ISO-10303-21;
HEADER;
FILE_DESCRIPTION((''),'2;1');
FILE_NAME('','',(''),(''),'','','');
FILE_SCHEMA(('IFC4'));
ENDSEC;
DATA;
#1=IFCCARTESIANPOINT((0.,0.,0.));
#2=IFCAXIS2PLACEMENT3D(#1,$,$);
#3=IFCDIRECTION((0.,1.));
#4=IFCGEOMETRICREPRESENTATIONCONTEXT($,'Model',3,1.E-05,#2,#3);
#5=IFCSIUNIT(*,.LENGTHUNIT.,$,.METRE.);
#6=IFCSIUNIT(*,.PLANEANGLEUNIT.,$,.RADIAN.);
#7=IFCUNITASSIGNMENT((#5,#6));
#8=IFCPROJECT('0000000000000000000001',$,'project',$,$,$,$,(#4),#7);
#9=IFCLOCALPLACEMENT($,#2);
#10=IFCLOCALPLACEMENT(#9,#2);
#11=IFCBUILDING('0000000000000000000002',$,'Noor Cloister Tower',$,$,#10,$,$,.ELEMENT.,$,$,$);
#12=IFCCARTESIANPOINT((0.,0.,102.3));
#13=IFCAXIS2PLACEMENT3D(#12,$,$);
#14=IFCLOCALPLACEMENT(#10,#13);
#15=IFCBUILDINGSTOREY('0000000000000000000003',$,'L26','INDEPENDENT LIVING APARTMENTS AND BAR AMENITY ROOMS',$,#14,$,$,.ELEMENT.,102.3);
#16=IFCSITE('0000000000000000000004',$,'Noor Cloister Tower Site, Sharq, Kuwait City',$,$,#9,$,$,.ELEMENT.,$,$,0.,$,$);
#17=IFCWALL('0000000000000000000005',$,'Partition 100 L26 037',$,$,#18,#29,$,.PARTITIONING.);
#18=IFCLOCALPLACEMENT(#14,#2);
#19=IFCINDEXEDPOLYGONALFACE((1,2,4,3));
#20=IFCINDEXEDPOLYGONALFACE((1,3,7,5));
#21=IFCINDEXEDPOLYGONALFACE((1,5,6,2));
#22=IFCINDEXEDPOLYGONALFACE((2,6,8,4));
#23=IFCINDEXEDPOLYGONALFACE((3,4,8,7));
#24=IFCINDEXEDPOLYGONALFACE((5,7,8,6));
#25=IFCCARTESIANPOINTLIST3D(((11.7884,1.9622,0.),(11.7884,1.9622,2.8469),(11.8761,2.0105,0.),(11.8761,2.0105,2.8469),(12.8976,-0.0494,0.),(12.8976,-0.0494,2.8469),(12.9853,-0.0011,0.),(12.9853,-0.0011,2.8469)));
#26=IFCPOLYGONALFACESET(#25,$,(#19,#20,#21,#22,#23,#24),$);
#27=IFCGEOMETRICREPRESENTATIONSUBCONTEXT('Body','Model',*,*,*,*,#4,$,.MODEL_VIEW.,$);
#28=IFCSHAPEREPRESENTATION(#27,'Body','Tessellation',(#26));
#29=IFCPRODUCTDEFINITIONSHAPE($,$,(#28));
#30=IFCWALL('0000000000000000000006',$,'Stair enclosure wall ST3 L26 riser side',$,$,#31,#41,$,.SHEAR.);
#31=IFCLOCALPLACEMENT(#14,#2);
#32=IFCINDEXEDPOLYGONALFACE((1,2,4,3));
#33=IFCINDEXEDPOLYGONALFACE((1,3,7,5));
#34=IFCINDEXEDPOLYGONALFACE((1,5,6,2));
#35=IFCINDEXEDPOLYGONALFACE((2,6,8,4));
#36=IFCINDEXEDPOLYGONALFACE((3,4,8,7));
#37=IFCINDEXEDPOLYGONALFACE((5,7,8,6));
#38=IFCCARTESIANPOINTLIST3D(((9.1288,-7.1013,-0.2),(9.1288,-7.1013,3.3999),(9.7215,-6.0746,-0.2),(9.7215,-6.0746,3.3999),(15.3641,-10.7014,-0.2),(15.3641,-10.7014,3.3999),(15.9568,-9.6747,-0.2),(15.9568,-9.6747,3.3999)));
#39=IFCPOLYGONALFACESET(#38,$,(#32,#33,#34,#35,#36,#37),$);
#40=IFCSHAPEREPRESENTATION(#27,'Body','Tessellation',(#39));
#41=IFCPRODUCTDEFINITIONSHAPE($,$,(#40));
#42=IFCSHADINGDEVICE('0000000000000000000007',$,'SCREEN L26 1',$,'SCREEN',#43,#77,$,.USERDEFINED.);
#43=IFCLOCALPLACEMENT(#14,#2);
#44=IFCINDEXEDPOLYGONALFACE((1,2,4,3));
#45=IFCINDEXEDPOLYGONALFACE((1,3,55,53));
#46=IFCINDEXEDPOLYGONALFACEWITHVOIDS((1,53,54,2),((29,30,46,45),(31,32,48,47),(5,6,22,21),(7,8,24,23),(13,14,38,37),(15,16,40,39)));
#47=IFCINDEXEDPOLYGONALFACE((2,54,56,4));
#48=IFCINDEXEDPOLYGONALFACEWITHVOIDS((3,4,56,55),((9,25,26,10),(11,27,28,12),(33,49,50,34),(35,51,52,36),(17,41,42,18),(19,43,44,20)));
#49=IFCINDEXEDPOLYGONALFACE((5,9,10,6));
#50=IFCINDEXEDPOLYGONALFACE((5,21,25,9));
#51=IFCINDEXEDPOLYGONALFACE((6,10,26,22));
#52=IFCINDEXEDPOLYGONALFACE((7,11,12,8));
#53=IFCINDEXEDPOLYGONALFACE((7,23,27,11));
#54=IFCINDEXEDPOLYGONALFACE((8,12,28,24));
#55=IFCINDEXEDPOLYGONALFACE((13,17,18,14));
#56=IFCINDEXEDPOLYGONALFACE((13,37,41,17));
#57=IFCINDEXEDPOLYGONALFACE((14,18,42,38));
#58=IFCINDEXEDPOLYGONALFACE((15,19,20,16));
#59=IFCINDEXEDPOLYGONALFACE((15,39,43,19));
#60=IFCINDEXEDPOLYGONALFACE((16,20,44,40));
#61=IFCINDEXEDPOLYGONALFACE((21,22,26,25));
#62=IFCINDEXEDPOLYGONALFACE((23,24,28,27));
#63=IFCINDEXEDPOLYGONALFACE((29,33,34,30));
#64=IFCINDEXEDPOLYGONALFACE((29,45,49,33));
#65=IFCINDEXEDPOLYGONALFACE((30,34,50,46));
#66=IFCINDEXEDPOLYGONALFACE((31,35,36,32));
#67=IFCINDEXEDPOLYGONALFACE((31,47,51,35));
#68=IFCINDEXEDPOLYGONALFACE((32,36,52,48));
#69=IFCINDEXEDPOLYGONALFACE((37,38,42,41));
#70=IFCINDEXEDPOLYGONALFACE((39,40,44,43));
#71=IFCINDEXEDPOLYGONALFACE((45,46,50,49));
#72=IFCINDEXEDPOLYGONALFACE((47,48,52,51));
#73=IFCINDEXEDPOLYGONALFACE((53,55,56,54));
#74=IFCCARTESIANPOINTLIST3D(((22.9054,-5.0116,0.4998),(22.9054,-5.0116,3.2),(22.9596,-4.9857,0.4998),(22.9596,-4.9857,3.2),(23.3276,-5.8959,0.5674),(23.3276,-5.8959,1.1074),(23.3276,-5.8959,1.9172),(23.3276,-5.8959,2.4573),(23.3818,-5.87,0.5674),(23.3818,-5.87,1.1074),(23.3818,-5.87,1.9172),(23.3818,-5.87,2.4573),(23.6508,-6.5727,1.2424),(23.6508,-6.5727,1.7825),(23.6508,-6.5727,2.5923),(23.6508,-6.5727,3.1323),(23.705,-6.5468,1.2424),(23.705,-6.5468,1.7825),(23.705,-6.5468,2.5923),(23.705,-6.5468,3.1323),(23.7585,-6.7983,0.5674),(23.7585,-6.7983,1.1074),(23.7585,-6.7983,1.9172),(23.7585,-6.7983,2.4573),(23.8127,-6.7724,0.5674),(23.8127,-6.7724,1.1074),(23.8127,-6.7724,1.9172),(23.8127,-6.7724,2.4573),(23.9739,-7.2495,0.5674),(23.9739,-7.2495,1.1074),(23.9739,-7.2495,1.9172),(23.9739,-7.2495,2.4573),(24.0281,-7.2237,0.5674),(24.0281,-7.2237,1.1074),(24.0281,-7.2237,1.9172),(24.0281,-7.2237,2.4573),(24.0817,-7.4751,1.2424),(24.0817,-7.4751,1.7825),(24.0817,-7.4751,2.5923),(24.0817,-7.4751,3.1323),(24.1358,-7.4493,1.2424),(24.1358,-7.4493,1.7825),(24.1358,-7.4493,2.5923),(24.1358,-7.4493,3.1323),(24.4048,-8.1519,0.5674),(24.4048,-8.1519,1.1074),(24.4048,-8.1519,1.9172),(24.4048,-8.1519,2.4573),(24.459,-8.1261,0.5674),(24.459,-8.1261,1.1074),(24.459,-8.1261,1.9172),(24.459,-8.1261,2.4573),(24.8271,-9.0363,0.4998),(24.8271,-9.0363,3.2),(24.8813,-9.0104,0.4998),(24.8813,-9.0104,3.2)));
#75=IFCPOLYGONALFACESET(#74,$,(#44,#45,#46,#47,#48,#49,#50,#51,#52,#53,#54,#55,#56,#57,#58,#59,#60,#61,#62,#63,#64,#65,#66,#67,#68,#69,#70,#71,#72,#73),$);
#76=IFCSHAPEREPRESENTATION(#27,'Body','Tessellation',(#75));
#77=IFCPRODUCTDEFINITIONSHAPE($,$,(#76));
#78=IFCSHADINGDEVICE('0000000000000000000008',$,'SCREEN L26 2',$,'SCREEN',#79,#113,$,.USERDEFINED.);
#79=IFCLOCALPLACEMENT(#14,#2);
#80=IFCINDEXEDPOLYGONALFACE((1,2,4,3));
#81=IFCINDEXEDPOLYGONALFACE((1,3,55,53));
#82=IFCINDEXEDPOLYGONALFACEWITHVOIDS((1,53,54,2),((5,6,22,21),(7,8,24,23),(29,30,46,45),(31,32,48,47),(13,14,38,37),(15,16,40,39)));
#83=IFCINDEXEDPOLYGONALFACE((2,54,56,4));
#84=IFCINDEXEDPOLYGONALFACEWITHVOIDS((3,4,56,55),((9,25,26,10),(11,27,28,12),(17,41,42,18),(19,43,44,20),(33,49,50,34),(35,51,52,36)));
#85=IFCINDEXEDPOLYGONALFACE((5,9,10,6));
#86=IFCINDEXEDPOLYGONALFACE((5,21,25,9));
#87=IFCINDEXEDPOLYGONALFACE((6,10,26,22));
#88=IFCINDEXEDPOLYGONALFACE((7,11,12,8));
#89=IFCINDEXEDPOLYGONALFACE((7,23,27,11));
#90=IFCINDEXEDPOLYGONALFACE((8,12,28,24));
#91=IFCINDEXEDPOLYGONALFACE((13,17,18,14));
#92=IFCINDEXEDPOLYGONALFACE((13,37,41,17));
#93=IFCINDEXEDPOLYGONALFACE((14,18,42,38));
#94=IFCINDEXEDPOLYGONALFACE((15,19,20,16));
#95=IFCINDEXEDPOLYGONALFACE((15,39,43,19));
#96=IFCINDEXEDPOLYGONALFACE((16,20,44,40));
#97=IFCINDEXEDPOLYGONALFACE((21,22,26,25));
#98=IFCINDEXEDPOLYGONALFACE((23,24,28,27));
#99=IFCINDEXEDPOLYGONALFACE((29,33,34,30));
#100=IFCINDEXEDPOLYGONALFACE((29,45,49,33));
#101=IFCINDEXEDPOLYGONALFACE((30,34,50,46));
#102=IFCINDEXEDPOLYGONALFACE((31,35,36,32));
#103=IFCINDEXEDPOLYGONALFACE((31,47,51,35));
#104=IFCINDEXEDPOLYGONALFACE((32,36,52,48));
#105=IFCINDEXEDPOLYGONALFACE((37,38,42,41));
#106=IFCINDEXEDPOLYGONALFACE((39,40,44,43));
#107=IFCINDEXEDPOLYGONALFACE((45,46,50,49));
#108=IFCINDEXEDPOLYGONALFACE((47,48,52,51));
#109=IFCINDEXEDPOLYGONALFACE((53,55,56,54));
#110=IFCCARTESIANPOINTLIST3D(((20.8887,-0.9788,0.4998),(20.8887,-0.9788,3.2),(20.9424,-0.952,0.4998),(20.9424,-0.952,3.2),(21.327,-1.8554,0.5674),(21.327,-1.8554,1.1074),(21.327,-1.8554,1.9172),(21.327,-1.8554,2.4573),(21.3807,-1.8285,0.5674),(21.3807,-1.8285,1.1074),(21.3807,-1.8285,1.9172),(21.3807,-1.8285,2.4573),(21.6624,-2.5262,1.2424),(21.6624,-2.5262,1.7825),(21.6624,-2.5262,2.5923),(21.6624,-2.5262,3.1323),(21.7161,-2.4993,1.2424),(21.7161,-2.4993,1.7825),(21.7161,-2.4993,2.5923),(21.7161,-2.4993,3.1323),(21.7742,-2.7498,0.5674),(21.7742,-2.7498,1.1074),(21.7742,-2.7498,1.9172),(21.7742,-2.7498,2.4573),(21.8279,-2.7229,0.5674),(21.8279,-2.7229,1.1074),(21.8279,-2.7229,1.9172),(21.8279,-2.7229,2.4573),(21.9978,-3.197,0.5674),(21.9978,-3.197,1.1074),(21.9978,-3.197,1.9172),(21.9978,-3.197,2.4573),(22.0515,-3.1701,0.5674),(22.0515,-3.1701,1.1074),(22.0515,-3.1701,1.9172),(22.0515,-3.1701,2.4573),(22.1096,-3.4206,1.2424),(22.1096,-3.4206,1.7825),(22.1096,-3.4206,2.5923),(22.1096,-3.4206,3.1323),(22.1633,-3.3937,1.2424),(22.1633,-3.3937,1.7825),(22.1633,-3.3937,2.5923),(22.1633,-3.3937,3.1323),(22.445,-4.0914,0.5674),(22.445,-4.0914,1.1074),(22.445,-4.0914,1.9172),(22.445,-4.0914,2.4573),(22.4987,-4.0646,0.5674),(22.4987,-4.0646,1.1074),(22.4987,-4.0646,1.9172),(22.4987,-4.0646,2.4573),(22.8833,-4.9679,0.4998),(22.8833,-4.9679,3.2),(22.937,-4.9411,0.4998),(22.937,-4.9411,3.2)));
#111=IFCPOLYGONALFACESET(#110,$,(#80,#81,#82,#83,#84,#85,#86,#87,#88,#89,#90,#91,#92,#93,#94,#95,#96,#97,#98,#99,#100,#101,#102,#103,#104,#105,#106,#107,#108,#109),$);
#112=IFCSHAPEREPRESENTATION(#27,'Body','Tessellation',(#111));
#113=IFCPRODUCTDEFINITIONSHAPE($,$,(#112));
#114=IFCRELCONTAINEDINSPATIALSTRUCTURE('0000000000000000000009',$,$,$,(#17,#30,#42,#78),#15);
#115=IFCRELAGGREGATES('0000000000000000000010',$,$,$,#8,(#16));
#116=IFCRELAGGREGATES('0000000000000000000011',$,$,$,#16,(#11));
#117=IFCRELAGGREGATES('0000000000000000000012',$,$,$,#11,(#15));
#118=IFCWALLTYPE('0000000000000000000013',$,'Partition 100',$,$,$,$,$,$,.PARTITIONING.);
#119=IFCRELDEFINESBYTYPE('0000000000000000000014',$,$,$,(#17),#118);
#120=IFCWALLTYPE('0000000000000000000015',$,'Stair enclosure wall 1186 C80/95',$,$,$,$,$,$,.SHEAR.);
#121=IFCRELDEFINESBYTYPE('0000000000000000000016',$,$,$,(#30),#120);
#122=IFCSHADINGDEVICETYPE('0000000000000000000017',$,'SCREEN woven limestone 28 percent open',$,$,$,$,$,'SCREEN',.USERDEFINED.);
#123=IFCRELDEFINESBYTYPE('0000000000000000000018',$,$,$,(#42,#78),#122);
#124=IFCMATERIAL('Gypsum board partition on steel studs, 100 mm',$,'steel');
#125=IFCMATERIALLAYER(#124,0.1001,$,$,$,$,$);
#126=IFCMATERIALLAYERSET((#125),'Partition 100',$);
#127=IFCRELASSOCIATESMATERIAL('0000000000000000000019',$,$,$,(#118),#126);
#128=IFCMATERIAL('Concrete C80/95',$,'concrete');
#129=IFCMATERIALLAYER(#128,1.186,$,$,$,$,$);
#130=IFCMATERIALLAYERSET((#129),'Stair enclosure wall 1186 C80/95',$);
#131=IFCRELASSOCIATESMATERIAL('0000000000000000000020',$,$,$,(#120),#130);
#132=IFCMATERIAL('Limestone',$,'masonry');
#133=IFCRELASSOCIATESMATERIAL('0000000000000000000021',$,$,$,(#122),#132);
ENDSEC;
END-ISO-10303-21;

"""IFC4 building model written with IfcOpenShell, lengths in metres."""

from ifc_helpers import new_model, si_unit, direction, frame, frame_2d, origin, place, context, subcontext, project, spatial, polyline, rectangle, outline, extrude, material, layer, layer_set, material_profile, profile_set, type_object, element, save


model = new_model("IFC4")

# Units and contexts
model_context = context("Model", 3, precision=1e-05, world=origin(), true_north=direction((0.0, 1.0)))
body_context = subcontext(model_context, "Body", "Model", "MODEL_VIEW")
ifc_project = project(units=[si_unit("LENGTHUNIT", "METRE"), si_unit("PLANEANGLEUNIT", "RADIAN")], contexts=[model_context])

# Site, building, storey
site_placement = place(None, origin())
site = spatial("IfcSite", under=ifc_project, at=site_placement, Name="Noor Cloister Tower Site, Sharq, Kuwait City", CompositionType="ELEMENT", RefElevation=0.0)
building_placement = place(site_placement, origin())
building = spatial("IfcBuilding", under=site, at=building_placement, Name="Noor Cloister Tower", CompositionType="ELEMENT")
storey_placement = place(building_placement, frame((0.0, 0.0, 102.3)))
storey = spatial("IfcBuildingStorey", under=building, at=storey_placement, Name="L26", Description="INDEPENDENT LIVING APARTMENTS AND BAR AMENITY ROOMS", CompositionType="ELEMENT", Elevation=102.3)

# Shared definitions
ifc_material_1 = material(Name="Gypsum board partition on steel studs, 100 mm", Category="steel")
ifc_layer_1 = layer(ifc_material_1, 0.1001)
ifc_layer_set_1 = layer_set([ifc_layer_1], Name="Partition 100")
wall_type_1 = type_object("IfcWallType", Name="Partition 100", PredefinedType="PARTITIONING", material=ifc_layer_set_1)

# Walls
wall_1_placement = place(storey_placement, frame((12.9414, -0.0251, 0.0), z_axis=(0.0, 0.0, 1.0), x_axis=(-0.482861, 0.875697, 0.0)))
element("IfcWall", 1, at=wall_1_placement, inside=storey, type_object=wall_type_1, Name="Partition 100 L26 037", PredefinedType="PARTITIONING", context=body_context, shape_type="SweptSolid", body=[
    extrude(rectangle(XDim=2.2971, YDim=0.1001, at=frame_2d((1.1484, 0.0))), origin(), (0.0, 0.0, 1.0), 2.8469),
])
ifc_material_2 = material(Name="Concrete C80/95", Category="concrete")
ifc_layer_2 = layer(ifc_material_2, 1.186)
ifc_layer_set_2 = layer_set([ifc_layer_2], Name="Stair enclosure wall 1186 C80/95")
wall_type_2 = type_object("IfcWallType", Name="Stair enclosure wall 1186 C80/95", PredefinedType="SHEAR", material=ifc_layer_set_2)
wall_2_placement = place(storey_placement, frame((9.425, -6.5879, -0.2), z_axis=(0.0, 0.0, 1.0), x_axis=(0.866018, -0.500012, 0.0)))
element("IfcWall", 2, at=wall_2_placement, inside=storey, type_object=wall_type_2, Name="Stair enclosure wall ST3 L26 riser side", PredefinedType="SHEAR", context=body_context, shape_type="SweptSolid", body=[
    extrude(rectangle(XDim=7.2, YDim=1.1855, at=frame_2d((3.6001, 0.0))), origin(), (0.0, 0.0, 1.0), 3.5999),
])

# Shading devices
ifc_material_3 = material(Name="Limestone", Category="masonry")
ifc_material_profile_1 = material_profile(ifc_material_3, outline(polyline([(-2.23, -1.3501), (2.23, -1.3501), (2.23, 1.3501), (-2.23, 1.3501), (-2.23, -1.3501)]), holes=[polyline([(-1.25, -1.2825), (-0.25, -1.2825), (-0.25, -0.7424), (-1.25, -0.7424), (-1.25, -1.2825)]), polyline([(0.25, -1.2825), (1.25, -1.2825), (1.25, -0.7424), (0.25, -0.7424), (0.25, -1.2825)]), polyline([(-0.5, -0.6074), (0.5, -0.6074), (0.5, -0.0674), (-0.5, -0.0674), (-0.5, -0.6074)]), polyline([(-1.25, 0.0674), (-0.25, 0.0674), (-0.25, 0.6074), (-1.25, 0.6074), (-1.25, 0.0674)]), polyline([(0.25, 0.0674), (1.25, 0.0674), (1.25, 0.6074), (0.25, 0.6074), (0.25, 0.0674)]), polyline([(-0.5, 0.7424), (0.5, 0.7424), (0.5, 1.2825), (-0.5, 1.2825), (-0.5, 0.7424)])]), Name="Woven screen 28 percent open")
ifc_profile_set_1 = profile_set([ifc_material_profile_1], Name="Limestone")
shading_device_type = type_object("IfcShadingDeviceType", Name="SCREEN woven limestone 28 percent open", ElementType="SCREEN", PredefinedType="USERDEFINED", material=ifc_profile_set_1)
for number, where, z_axis, x_axis, name in (
    (3, (23.8662, -7.0239, 1.8499), (0.902409, 0.43088, 0.0), (-0.43088, 0.902409, 0.0), "SCREEN L26 1"),
    (4, (21.886, -2.9734, 1.8499), (0.894427, 0.447214, 0.0), (-0.447214, 0.894427, 0.0), "SCREEN L26 2"),
):
    element("IfcShadingDevice", number, at=place(storey_placement, frame(where, z_axis=z_axis, x_axis=x_axis)), inside=storey, type_object=shading_device_type, Name=name, ObjectType="SCREEN", PredefinedType="USERDEFINED", context=body_context, shape_type="SweptSolid", body=[
        extrude(outline(polyline([(-2.23, -1.3501), (2.23, -1.3501), (2.23, 1.3501), (-2.23, 1.3501), (-2.23, -1.3501)]), holes=[polyline([(-1.25, -1.2825), (-0.25, -1.2825), (-0.25, -0.7424), (-1.25, -0.7424), (-1.25, -1.2825)]), polyline([(0.25, -1.2825), (1.25, -1.2825), (1.25, -0.7424), (0.25, -0.7424), (0.25, -1.2825)]), polyline([(-0.5, -0.6074), (0.5, -0.6074), (0.5, -0.0674), (-0.5, -0.0674), (-0.5, -0.6074)]), polyline([(-1.25, 0.0674), (-0.25, 0.0674), (-0.25, 0.6074), (-1.25, 0.6074), (-1.25, 0.0674)]), polyline([(0.25, 0.0674), (1.25, 0.0674), (1.25, 0.6074), (0.25, 0.6074), (0.25, 0.0674)]), polyline([(-0.5, 0.7424), (0.5, 0.7424), (0.5, 1.2825), (-0.5, 1.2825), (-0.5, 0.7424)])]), origin(), (0.0, 0.0, 1.0), 0.0601),
    ])

save(model, "model.ifc")
